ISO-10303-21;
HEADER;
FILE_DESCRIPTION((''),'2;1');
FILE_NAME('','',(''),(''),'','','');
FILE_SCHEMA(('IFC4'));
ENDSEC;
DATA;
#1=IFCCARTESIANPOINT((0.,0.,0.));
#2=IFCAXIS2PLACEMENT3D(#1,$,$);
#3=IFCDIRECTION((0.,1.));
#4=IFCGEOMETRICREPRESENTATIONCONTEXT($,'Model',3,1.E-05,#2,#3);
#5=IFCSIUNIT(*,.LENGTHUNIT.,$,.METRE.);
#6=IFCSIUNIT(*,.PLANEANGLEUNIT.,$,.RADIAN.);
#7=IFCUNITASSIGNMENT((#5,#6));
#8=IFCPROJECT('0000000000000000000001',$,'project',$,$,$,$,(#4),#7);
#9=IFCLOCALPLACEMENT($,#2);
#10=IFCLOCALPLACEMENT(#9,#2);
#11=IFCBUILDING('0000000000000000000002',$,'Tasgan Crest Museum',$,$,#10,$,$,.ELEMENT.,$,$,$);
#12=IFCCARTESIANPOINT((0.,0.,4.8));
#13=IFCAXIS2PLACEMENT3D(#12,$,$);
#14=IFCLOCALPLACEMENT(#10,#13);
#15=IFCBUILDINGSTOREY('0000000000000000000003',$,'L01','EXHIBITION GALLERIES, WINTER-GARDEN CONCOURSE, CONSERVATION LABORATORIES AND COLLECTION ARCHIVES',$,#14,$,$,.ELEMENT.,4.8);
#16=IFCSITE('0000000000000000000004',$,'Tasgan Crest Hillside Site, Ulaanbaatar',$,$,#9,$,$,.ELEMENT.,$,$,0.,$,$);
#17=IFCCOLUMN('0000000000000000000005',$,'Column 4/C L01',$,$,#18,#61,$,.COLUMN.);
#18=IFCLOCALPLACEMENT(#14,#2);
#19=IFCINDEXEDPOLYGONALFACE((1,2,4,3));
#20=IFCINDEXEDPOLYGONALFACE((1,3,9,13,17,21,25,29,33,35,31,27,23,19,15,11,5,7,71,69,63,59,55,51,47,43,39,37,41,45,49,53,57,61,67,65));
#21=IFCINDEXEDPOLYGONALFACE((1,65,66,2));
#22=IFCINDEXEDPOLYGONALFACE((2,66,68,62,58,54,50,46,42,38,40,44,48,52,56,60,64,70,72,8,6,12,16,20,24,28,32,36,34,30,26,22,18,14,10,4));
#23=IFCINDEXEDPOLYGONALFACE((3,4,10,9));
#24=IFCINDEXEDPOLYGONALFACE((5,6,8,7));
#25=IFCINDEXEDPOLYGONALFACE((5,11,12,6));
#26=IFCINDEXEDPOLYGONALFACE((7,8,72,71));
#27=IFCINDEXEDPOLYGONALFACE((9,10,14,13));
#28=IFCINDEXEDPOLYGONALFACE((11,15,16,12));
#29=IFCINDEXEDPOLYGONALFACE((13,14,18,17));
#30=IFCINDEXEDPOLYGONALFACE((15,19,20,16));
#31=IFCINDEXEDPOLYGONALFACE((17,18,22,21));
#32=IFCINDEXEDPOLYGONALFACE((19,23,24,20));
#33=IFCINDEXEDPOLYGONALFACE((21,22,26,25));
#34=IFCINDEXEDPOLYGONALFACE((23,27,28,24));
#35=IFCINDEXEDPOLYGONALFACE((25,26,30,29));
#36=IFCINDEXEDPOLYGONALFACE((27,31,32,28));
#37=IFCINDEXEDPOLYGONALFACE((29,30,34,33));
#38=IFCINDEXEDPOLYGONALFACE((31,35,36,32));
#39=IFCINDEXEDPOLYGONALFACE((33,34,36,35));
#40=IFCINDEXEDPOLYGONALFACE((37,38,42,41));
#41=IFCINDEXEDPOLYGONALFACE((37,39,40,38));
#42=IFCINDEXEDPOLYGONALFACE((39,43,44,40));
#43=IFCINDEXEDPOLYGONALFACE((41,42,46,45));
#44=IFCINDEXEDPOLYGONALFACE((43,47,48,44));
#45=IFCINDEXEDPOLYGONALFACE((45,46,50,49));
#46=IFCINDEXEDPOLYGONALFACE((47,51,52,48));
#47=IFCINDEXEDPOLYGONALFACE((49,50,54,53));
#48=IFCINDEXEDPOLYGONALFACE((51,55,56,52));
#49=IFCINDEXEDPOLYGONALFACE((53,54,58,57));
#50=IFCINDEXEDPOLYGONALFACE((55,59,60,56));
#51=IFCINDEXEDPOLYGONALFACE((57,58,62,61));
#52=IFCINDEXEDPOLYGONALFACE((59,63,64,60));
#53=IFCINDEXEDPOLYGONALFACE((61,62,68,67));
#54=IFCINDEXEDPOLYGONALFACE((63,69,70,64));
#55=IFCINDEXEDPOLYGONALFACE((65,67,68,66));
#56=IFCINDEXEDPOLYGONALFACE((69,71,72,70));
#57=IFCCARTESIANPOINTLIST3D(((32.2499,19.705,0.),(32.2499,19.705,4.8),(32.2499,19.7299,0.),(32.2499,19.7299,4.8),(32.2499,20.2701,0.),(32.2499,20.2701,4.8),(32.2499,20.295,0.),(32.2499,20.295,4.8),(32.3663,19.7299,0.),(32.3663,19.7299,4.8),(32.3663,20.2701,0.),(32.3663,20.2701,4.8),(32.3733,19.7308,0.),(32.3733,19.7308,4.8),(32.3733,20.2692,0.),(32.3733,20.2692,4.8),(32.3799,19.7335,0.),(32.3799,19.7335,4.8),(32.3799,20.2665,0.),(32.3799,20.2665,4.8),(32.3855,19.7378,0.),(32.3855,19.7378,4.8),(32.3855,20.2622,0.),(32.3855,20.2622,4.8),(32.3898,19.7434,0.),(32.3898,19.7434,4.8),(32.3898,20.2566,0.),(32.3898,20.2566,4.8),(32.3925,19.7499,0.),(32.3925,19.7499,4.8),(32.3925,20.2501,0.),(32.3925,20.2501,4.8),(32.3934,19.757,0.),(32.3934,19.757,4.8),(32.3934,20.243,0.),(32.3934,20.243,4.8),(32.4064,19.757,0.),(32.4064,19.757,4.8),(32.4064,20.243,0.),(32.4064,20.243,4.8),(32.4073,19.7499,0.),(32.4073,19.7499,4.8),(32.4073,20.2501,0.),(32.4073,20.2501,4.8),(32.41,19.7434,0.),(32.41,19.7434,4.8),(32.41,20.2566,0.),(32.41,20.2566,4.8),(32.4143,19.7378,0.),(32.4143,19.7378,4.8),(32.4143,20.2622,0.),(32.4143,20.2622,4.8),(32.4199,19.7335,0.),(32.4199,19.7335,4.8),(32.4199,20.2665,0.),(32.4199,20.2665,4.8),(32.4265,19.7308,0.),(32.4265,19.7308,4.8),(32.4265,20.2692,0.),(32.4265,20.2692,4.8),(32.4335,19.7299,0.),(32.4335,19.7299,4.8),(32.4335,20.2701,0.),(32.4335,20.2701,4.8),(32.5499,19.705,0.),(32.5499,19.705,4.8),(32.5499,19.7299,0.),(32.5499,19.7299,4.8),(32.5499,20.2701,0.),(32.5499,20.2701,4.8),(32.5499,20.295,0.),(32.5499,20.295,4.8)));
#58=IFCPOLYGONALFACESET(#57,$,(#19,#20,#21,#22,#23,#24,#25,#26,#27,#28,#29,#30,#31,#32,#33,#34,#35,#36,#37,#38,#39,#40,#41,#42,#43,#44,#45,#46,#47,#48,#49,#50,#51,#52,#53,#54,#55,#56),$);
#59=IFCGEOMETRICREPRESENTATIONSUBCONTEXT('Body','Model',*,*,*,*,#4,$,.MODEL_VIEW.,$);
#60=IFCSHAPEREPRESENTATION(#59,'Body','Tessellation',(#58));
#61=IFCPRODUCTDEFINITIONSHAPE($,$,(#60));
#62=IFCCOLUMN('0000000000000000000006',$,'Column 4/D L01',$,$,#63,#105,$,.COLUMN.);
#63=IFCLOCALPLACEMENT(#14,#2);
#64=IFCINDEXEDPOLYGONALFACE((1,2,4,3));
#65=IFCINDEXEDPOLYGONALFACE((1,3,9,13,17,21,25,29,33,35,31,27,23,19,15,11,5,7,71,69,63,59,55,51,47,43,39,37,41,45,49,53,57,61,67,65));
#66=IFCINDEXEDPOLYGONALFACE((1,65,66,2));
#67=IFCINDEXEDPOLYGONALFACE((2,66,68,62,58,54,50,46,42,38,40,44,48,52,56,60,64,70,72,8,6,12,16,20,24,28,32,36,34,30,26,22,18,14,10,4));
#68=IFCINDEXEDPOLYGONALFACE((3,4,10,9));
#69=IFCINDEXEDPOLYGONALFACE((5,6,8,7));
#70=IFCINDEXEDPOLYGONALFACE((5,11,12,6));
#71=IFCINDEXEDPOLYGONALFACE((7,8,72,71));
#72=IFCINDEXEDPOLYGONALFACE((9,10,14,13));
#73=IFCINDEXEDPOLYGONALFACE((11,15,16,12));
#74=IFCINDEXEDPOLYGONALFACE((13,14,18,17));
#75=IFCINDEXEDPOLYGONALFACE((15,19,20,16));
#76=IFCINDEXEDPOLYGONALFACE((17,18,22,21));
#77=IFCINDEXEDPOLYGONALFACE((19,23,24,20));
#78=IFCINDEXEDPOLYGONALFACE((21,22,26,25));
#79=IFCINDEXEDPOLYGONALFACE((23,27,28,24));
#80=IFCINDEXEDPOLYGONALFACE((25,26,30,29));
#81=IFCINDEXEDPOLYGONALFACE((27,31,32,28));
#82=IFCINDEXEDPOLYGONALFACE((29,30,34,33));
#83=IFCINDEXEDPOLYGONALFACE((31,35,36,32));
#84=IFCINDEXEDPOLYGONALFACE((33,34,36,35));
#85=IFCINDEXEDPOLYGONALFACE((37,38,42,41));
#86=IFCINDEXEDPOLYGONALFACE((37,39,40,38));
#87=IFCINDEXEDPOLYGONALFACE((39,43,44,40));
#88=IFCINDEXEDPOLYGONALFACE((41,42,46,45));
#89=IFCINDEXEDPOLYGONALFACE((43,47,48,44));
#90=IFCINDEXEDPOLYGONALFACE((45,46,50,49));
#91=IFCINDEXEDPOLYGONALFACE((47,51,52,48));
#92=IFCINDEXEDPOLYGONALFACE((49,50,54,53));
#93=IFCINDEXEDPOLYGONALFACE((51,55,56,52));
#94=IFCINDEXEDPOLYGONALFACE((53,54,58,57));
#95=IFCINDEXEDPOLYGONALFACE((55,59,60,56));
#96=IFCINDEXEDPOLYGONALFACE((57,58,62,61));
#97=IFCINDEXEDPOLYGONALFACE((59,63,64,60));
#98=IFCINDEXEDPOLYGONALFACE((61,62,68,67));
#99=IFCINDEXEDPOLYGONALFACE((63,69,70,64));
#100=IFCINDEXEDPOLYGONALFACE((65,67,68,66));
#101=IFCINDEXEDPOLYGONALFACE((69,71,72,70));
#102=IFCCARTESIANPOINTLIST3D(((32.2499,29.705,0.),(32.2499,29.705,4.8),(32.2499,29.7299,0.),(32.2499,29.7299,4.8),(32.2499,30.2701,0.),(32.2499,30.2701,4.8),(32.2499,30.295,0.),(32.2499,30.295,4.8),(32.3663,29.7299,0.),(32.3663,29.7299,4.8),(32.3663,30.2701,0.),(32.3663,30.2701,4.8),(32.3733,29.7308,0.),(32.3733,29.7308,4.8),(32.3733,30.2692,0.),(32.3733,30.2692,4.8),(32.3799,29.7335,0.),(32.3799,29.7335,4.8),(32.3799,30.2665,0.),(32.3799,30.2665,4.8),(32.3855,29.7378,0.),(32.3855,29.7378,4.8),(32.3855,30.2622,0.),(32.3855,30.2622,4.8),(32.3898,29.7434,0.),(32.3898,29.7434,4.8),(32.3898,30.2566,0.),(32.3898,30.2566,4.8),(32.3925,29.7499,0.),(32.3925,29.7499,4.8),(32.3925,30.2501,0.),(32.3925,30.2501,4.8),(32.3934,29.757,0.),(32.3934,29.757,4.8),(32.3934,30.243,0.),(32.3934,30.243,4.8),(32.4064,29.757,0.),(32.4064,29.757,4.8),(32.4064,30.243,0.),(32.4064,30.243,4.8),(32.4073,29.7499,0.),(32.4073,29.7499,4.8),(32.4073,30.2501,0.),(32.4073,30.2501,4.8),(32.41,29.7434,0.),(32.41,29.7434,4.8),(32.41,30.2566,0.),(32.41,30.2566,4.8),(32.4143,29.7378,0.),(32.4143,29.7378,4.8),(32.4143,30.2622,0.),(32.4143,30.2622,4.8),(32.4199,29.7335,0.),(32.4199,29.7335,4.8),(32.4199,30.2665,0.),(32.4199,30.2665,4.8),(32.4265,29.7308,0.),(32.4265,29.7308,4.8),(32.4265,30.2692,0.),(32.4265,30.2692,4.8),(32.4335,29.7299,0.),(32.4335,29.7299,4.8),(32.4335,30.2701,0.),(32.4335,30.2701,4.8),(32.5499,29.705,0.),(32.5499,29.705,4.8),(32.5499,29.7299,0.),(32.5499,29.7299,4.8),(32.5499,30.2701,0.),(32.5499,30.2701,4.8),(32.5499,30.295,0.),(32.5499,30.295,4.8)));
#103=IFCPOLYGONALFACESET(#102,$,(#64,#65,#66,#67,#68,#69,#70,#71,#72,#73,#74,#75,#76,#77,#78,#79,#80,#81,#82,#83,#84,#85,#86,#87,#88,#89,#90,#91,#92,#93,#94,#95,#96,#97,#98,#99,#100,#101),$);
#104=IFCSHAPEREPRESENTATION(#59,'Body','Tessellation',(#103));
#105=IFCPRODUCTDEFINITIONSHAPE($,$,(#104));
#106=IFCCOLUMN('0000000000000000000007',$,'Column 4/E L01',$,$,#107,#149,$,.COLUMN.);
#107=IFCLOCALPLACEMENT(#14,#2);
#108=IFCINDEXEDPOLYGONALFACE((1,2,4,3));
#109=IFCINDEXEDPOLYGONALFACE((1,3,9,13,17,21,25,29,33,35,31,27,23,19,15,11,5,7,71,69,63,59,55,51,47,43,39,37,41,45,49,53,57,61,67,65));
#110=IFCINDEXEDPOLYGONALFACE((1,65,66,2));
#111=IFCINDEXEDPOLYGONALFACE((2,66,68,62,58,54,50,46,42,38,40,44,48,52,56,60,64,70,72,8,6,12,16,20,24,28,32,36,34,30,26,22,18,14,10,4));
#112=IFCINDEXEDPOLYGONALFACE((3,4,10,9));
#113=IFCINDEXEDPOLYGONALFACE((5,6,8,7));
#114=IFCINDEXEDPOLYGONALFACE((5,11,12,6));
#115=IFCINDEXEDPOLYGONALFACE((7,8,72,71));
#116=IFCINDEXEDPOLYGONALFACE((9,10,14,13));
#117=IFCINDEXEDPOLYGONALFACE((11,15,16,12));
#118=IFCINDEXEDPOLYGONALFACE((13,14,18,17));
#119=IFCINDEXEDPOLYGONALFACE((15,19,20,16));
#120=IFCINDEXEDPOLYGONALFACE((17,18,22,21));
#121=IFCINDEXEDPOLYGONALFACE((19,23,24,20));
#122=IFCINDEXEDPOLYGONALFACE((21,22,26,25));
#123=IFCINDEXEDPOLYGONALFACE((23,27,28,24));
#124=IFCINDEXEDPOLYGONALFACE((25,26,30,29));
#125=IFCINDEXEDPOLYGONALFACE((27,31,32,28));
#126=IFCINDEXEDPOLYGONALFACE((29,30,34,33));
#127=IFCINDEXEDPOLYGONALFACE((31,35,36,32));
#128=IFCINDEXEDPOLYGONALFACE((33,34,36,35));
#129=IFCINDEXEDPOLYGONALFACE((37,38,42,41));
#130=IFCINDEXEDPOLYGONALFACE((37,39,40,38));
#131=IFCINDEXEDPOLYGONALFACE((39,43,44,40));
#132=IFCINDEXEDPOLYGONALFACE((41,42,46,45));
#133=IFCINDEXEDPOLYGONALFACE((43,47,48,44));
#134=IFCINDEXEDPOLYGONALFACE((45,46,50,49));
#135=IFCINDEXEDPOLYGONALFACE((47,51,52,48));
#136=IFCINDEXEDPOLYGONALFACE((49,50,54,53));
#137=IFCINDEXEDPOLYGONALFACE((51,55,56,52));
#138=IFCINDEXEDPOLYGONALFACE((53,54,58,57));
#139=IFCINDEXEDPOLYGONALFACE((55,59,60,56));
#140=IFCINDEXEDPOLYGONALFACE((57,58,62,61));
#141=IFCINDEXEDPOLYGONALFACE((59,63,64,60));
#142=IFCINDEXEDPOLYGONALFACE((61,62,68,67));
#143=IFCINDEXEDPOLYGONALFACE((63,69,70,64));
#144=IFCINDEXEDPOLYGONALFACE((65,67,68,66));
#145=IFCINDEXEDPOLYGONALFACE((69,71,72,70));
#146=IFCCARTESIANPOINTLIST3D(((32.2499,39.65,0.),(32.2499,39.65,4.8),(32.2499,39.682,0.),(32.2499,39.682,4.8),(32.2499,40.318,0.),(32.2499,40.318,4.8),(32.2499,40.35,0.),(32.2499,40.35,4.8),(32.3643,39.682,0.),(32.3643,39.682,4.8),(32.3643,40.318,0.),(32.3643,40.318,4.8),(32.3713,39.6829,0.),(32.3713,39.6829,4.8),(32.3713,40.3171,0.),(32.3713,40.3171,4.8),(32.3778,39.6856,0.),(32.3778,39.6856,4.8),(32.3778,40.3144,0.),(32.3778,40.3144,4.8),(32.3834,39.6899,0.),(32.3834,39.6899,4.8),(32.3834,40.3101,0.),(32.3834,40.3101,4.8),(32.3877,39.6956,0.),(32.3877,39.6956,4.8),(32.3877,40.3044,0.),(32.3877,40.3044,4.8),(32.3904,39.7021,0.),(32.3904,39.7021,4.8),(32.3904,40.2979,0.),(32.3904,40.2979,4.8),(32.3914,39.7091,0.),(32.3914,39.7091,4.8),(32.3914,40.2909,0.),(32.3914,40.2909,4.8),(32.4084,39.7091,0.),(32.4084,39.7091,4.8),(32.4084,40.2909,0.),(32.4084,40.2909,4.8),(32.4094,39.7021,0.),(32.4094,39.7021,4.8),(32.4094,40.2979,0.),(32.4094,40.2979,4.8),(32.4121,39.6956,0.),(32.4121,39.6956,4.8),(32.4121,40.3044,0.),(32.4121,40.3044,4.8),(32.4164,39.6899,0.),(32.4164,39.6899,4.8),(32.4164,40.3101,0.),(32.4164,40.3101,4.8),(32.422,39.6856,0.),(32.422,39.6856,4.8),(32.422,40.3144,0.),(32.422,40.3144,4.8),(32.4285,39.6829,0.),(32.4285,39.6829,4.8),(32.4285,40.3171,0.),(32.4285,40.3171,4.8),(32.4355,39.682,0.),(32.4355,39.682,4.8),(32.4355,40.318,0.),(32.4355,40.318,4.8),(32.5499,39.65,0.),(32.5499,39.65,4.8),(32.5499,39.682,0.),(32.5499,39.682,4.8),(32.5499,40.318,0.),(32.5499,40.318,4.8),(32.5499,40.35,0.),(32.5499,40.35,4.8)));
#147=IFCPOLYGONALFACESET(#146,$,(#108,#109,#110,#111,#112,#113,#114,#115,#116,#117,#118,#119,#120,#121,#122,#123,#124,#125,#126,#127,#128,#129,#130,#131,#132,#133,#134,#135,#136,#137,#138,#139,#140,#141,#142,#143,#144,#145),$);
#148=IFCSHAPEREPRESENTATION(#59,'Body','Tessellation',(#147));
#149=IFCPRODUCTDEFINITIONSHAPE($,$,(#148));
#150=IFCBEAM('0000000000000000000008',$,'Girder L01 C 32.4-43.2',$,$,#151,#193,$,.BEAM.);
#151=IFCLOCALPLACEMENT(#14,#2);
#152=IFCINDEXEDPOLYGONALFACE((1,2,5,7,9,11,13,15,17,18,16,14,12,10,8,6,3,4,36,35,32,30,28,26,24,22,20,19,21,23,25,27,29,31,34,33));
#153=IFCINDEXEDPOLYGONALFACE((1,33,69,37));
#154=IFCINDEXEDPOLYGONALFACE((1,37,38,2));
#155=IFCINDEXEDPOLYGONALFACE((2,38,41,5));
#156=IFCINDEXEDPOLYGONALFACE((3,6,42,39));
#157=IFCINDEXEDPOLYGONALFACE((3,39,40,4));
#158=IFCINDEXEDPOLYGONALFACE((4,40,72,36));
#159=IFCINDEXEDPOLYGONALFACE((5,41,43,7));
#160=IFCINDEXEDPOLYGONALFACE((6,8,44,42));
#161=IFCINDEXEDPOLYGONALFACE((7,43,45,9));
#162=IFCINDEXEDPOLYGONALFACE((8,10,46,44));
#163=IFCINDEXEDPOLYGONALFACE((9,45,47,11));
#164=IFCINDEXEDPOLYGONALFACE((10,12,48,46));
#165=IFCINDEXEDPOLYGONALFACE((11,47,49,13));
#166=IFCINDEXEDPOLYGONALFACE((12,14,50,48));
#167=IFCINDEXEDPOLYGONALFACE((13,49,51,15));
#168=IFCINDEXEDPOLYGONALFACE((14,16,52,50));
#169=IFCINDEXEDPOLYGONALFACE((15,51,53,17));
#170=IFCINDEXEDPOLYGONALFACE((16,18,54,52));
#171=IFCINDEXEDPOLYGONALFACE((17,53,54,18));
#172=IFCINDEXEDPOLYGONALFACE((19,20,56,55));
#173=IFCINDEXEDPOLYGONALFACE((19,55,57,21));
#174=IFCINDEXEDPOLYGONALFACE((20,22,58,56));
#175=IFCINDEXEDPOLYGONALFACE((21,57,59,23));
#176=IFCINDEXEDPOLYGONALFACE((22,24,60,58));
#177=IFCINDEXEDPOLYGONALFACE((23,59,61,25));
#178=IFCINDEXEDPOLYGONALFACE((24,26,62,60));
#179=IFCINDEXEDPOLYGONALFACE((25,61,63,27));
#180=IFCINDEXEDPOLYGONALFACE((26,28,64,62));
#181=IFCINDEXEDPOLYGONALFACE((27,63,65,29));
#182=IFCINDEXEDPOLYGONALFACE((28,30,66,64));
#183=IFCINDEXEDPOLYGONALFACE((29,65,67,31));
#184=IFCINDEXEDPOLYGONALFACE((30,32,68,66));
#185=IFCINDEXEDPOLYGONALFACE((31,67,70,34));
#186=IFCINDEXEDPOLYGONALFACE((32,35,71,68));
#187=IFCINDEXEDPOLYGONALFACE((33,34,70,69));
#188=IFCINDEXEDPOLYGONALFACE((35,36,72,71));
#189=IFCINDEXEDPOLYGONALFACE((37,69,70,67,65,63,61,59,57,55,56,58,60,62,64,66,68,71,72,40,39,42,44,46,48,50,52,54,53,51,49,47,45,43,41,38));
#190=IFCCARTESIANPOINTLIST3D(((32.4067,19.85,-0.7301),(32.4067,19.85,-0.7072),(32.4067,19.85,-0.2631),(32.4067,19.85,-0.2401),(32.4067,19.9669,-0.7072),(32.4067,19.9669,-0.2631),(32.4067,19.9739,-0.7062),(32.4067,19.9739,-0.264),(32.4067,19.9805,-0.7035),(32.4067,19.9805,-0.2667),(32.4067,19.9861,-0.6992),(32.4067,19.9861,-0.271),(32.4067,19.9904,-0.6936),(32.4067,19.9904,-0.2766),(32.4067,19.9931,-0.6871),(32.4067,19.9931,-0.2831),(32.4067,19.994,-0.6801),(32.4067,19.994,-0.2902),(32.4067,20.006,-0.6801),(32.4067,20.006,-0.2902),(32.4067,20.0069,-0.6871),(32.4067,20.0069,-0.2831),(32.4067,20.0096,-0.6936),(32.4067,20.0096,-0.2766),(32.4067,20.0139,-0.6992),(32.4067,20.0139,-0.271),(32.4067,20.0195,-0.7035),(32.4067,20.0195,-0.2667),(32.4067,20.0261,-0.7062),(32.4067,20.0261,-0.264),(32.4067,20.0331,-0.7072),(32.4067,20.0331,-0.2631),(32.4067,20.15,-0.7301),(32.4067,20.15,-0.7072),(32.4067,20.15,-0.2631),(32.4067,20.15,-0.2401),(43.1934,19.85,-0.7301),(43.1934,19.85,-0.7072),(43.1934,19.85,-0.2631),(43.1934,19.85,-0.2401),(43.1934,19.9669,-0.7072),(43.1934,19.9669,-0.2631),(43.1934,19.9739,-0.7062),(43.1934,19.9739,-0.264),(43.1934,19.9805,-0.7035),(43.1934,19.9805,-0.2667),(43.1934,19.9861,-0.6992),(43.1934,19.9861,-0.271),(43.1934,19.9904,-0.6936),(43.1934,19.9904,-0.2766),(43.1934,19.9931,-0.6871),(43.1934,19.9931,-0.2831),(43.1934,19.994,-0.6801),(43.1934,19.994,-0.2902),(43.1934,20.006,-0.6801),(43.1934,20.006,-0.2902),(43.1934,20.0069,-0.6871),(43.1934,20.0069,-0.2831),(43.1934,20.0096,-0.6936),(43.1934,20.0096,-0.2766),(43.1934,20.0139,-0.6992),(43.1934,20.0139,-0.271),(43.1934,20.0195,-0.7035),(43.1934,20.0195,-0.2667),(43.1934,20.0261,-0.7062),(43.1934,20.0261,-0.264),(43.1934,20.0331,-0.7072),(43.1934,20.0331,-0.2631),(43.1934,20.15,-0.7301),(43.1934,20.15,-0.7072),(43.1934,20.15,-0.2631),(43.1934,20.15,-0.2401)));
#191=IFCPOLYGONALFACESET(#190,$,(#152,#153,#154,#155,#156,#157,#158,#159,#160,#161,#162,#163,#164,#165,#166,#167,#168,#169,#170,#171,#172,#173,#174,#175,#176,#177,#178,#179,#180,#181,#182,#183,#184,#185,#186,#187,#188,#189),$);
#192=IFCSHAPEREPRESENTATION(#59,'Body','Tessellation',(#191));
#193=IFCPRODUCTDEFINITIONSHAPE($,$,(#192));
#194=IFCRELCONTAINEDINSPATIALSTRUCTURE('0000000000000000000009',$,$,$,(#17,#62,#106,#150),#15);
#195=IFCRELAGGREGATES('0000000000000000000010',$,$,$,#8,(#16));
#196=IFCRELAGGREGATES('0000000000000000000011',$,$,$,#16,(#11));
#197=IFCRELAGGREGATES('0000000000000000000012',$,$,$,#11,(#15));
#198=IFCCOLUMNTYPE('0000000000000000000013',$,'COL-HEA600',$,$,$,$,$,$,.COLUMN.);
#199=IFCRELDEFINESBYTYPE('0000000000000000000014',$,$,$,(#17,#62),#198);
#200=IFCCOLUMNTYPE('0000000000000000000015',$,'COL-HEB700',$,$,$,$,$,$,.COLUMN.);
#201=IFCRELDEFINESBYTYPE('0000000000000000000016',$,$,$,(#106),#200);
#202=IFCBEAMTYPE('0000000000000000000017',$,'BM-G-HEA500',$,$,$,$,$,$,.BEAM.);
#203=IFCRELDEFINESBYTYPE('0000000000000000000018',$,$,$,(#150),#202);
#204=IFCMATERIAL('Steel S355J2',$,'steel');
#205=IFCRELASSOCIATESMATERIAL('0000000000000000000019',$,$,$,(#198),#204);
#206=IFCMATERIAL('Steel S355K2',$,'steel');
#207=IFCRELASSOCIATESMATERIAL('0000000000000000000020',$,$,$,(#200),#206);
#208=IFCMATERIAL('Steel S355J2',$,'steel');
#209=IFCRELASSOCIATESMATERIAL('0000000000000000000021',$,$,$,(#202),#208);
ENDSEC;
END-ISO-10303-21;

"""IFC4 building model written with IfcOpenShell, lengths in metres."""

from ifc_helpers import new_model, si_unit, direction, frame, origin, origin_2d, place, context, subcontext, project, spatial, i_section, extrude, material, material_profile, profile_set, type_object, element, save


model = new_model("IFC4")

# Units and contexts
model_context = context("Model", 3, precision=1e-05, world=origin(), true_north=direction((0.0, 1.0)))
body_context = subcontext(model_context, "Body", "Model", "MODEL_VIEW")
ifc_project = project(units=[si_unit("LENGTHUNIT", "METRE"), si_unit("PLANEANGLEUNIT", "RADIAN")], contexts=[model_context])

# Site, building, storey
site_placement = place(None, origin())
site = spatial("IfcSite", under=ifc_project, at=site_placement, Name="Tasgan Crest Hillside Site, Ulaanbaatar", CompositionType="ELEMENT", RefElevation=0.0)
building_placement = place(site_placement, origin())
building = spatial("IfcBuilding", under=site, at=building_placement, Name="Tasgan Crest Museum", CompositionType="ELEMENT")
storey_placement = place(building_placement, frame((0.0, 0.0, 4.8)))
storey = spatial("IfcBuildingStorey", under=building, at=storey_placement, Name="L01", Description="EXHIBITION GALLERIES, WINTER-GARDEN CONCOURSE, CONSERVATION LABORATORIES AND COLLECTION ARCHIVES", CompositionType="ELEMENT", Elevation=4.8)

# Columns
ifc_material_1 = material(Name="Steel S355J2", Category="steel")
ifc_material_profile_1 = material_profile(ifc_material_1, i_section(OverallWidth=0.3, OverallDepth=0.5901, WebThickness=0.0129, FlangeThickness=0.0249, FilletRadius=0.0271, at=origin_2d()), Name="HEA 600")
ifc_profile_set_1 = profile_set([ifc_material_profile_1], Name="Steel S355J2")
column_type_1 = type_object("IfcColumnType", Name="COL-HEA600", PredefinedType="COLUMN", material=ifc_profile_set_1)
for number, where, z_axis, x_axis, name in (
    (1, (32.3999, 20.0, 0.0), (0.0, 0.0, 1.0), (1.0, 0.0, 0.0), "Column 4/C L01"),
    (2, (32.3999, 30.0, 0.0), (0.0, 0.0, 1.0), (1.0, 0.0, 0.0), "Column 4/D L01"),
):
    element("IfcColumn", number, at=place(storey_placement, frame(where, z_axis=z_axis, x_axis=x_axis)), inside=storey, type_object=column_type_1, Name=name, PredefinedType="COLUMN", context=body_context, shape_type="SweptSolid", body=[
        extrude(i_section(OverallWidth=0.3, OverallDepth=0.5901, WebThickness=0.0129, FlangeThickness=0.0249, FilletRadius=0.0271, at=origin_2d()), origin(), (0.0, 0.0, 1.0), 4.8),
    ])
ifc_material_2 = material(Name="Steel S355K2", Category="steel")
ifc_material_profile_2 = material_profile(ifc_material_2, i_section(OverallWidth=0.3, OverallDepth=0.7, WebThickness=0.0171, FlangeThickness=0.032, FilletRadius=0.0271, at=origin_2d()), Name="HEB 700")
ifc_profile_set_2 = profile_set([ifc_material_profile_2], Name="Steel S355K2")
column_type_2 = type_object("IfcColumnType", Name="COL-HEB700", PredefinedType="COLUMN", material=ifc_profile_set_2)
column_placement = place(storey_placement, frame((32.3999, 40.0, 0.0), z_axis=(0.0, 0.0, 1.0), x_axis=(1.0, 0.0, 0.0)))
element("IfcColumn", 3, at=column_placement, inside=storey, type_object=column_type_2, Name="Column 4/E L01", PredefinedType="COLUMN", context=body_context, shape_type="SweptSolid", body=[
    extrude(i_section(OverallWidth=0.3, OverallDepth=0.7, WebThickness=0.0171, FlangeThickness=0.032, FilletRadius=0.0271, at=origin_2d()), origin(), (0.0, 0.0, 1.0), 4.8),
])

# Beam
ifc_material_3 = material(Name="Steel S355J2", Category="steel")
ifc_material_profile_3 = material_profile(ifc_material_3, i_section(OverallWidth=0.3, OverallDepth=0.49, WebThickness=0.012, FlangeThickness=0.0229, FilletRadius=0.0271, at=origin_2d()), Name="HEA 500")
ifc_profile_set_3 = profile_set([ifc_material_profile_3], Name="Steel S355J2")
beam_type_1 = type_object("IfcBeamType", Name="BM-G-HEA500", PredefinedType="BEAM", material=ifc_profile_set_3)
for number, where, z_axis, x_axis, name in (
    (4, (32.4067, 20.0, -0.4851), (1.0, 0.0, 0.0), (0.0, 1.0, 0.0), "Girder L01 C 32.4-43.2"),
):
    element("IfcBeam", number, at=place(storey_placement, frame(where, z_axis=z_axis, x_axis=x_axis)), inside=storey, type_object=beam_type_1, Name=name, PredefinedType="BEAM", context=body_context, shape_type="SweptSolid", body=[
        extrude(i_section(OverallWidth=0.3, OverallDepth=0.49, WebThickness=0.012, FlangeThickness=0.0229, FilletRadius=0.0271, at=origin_2d()), origin(), (0.0, 0.0, 1.0), 10.7866),
    ])

save(model, "model.ifc")
